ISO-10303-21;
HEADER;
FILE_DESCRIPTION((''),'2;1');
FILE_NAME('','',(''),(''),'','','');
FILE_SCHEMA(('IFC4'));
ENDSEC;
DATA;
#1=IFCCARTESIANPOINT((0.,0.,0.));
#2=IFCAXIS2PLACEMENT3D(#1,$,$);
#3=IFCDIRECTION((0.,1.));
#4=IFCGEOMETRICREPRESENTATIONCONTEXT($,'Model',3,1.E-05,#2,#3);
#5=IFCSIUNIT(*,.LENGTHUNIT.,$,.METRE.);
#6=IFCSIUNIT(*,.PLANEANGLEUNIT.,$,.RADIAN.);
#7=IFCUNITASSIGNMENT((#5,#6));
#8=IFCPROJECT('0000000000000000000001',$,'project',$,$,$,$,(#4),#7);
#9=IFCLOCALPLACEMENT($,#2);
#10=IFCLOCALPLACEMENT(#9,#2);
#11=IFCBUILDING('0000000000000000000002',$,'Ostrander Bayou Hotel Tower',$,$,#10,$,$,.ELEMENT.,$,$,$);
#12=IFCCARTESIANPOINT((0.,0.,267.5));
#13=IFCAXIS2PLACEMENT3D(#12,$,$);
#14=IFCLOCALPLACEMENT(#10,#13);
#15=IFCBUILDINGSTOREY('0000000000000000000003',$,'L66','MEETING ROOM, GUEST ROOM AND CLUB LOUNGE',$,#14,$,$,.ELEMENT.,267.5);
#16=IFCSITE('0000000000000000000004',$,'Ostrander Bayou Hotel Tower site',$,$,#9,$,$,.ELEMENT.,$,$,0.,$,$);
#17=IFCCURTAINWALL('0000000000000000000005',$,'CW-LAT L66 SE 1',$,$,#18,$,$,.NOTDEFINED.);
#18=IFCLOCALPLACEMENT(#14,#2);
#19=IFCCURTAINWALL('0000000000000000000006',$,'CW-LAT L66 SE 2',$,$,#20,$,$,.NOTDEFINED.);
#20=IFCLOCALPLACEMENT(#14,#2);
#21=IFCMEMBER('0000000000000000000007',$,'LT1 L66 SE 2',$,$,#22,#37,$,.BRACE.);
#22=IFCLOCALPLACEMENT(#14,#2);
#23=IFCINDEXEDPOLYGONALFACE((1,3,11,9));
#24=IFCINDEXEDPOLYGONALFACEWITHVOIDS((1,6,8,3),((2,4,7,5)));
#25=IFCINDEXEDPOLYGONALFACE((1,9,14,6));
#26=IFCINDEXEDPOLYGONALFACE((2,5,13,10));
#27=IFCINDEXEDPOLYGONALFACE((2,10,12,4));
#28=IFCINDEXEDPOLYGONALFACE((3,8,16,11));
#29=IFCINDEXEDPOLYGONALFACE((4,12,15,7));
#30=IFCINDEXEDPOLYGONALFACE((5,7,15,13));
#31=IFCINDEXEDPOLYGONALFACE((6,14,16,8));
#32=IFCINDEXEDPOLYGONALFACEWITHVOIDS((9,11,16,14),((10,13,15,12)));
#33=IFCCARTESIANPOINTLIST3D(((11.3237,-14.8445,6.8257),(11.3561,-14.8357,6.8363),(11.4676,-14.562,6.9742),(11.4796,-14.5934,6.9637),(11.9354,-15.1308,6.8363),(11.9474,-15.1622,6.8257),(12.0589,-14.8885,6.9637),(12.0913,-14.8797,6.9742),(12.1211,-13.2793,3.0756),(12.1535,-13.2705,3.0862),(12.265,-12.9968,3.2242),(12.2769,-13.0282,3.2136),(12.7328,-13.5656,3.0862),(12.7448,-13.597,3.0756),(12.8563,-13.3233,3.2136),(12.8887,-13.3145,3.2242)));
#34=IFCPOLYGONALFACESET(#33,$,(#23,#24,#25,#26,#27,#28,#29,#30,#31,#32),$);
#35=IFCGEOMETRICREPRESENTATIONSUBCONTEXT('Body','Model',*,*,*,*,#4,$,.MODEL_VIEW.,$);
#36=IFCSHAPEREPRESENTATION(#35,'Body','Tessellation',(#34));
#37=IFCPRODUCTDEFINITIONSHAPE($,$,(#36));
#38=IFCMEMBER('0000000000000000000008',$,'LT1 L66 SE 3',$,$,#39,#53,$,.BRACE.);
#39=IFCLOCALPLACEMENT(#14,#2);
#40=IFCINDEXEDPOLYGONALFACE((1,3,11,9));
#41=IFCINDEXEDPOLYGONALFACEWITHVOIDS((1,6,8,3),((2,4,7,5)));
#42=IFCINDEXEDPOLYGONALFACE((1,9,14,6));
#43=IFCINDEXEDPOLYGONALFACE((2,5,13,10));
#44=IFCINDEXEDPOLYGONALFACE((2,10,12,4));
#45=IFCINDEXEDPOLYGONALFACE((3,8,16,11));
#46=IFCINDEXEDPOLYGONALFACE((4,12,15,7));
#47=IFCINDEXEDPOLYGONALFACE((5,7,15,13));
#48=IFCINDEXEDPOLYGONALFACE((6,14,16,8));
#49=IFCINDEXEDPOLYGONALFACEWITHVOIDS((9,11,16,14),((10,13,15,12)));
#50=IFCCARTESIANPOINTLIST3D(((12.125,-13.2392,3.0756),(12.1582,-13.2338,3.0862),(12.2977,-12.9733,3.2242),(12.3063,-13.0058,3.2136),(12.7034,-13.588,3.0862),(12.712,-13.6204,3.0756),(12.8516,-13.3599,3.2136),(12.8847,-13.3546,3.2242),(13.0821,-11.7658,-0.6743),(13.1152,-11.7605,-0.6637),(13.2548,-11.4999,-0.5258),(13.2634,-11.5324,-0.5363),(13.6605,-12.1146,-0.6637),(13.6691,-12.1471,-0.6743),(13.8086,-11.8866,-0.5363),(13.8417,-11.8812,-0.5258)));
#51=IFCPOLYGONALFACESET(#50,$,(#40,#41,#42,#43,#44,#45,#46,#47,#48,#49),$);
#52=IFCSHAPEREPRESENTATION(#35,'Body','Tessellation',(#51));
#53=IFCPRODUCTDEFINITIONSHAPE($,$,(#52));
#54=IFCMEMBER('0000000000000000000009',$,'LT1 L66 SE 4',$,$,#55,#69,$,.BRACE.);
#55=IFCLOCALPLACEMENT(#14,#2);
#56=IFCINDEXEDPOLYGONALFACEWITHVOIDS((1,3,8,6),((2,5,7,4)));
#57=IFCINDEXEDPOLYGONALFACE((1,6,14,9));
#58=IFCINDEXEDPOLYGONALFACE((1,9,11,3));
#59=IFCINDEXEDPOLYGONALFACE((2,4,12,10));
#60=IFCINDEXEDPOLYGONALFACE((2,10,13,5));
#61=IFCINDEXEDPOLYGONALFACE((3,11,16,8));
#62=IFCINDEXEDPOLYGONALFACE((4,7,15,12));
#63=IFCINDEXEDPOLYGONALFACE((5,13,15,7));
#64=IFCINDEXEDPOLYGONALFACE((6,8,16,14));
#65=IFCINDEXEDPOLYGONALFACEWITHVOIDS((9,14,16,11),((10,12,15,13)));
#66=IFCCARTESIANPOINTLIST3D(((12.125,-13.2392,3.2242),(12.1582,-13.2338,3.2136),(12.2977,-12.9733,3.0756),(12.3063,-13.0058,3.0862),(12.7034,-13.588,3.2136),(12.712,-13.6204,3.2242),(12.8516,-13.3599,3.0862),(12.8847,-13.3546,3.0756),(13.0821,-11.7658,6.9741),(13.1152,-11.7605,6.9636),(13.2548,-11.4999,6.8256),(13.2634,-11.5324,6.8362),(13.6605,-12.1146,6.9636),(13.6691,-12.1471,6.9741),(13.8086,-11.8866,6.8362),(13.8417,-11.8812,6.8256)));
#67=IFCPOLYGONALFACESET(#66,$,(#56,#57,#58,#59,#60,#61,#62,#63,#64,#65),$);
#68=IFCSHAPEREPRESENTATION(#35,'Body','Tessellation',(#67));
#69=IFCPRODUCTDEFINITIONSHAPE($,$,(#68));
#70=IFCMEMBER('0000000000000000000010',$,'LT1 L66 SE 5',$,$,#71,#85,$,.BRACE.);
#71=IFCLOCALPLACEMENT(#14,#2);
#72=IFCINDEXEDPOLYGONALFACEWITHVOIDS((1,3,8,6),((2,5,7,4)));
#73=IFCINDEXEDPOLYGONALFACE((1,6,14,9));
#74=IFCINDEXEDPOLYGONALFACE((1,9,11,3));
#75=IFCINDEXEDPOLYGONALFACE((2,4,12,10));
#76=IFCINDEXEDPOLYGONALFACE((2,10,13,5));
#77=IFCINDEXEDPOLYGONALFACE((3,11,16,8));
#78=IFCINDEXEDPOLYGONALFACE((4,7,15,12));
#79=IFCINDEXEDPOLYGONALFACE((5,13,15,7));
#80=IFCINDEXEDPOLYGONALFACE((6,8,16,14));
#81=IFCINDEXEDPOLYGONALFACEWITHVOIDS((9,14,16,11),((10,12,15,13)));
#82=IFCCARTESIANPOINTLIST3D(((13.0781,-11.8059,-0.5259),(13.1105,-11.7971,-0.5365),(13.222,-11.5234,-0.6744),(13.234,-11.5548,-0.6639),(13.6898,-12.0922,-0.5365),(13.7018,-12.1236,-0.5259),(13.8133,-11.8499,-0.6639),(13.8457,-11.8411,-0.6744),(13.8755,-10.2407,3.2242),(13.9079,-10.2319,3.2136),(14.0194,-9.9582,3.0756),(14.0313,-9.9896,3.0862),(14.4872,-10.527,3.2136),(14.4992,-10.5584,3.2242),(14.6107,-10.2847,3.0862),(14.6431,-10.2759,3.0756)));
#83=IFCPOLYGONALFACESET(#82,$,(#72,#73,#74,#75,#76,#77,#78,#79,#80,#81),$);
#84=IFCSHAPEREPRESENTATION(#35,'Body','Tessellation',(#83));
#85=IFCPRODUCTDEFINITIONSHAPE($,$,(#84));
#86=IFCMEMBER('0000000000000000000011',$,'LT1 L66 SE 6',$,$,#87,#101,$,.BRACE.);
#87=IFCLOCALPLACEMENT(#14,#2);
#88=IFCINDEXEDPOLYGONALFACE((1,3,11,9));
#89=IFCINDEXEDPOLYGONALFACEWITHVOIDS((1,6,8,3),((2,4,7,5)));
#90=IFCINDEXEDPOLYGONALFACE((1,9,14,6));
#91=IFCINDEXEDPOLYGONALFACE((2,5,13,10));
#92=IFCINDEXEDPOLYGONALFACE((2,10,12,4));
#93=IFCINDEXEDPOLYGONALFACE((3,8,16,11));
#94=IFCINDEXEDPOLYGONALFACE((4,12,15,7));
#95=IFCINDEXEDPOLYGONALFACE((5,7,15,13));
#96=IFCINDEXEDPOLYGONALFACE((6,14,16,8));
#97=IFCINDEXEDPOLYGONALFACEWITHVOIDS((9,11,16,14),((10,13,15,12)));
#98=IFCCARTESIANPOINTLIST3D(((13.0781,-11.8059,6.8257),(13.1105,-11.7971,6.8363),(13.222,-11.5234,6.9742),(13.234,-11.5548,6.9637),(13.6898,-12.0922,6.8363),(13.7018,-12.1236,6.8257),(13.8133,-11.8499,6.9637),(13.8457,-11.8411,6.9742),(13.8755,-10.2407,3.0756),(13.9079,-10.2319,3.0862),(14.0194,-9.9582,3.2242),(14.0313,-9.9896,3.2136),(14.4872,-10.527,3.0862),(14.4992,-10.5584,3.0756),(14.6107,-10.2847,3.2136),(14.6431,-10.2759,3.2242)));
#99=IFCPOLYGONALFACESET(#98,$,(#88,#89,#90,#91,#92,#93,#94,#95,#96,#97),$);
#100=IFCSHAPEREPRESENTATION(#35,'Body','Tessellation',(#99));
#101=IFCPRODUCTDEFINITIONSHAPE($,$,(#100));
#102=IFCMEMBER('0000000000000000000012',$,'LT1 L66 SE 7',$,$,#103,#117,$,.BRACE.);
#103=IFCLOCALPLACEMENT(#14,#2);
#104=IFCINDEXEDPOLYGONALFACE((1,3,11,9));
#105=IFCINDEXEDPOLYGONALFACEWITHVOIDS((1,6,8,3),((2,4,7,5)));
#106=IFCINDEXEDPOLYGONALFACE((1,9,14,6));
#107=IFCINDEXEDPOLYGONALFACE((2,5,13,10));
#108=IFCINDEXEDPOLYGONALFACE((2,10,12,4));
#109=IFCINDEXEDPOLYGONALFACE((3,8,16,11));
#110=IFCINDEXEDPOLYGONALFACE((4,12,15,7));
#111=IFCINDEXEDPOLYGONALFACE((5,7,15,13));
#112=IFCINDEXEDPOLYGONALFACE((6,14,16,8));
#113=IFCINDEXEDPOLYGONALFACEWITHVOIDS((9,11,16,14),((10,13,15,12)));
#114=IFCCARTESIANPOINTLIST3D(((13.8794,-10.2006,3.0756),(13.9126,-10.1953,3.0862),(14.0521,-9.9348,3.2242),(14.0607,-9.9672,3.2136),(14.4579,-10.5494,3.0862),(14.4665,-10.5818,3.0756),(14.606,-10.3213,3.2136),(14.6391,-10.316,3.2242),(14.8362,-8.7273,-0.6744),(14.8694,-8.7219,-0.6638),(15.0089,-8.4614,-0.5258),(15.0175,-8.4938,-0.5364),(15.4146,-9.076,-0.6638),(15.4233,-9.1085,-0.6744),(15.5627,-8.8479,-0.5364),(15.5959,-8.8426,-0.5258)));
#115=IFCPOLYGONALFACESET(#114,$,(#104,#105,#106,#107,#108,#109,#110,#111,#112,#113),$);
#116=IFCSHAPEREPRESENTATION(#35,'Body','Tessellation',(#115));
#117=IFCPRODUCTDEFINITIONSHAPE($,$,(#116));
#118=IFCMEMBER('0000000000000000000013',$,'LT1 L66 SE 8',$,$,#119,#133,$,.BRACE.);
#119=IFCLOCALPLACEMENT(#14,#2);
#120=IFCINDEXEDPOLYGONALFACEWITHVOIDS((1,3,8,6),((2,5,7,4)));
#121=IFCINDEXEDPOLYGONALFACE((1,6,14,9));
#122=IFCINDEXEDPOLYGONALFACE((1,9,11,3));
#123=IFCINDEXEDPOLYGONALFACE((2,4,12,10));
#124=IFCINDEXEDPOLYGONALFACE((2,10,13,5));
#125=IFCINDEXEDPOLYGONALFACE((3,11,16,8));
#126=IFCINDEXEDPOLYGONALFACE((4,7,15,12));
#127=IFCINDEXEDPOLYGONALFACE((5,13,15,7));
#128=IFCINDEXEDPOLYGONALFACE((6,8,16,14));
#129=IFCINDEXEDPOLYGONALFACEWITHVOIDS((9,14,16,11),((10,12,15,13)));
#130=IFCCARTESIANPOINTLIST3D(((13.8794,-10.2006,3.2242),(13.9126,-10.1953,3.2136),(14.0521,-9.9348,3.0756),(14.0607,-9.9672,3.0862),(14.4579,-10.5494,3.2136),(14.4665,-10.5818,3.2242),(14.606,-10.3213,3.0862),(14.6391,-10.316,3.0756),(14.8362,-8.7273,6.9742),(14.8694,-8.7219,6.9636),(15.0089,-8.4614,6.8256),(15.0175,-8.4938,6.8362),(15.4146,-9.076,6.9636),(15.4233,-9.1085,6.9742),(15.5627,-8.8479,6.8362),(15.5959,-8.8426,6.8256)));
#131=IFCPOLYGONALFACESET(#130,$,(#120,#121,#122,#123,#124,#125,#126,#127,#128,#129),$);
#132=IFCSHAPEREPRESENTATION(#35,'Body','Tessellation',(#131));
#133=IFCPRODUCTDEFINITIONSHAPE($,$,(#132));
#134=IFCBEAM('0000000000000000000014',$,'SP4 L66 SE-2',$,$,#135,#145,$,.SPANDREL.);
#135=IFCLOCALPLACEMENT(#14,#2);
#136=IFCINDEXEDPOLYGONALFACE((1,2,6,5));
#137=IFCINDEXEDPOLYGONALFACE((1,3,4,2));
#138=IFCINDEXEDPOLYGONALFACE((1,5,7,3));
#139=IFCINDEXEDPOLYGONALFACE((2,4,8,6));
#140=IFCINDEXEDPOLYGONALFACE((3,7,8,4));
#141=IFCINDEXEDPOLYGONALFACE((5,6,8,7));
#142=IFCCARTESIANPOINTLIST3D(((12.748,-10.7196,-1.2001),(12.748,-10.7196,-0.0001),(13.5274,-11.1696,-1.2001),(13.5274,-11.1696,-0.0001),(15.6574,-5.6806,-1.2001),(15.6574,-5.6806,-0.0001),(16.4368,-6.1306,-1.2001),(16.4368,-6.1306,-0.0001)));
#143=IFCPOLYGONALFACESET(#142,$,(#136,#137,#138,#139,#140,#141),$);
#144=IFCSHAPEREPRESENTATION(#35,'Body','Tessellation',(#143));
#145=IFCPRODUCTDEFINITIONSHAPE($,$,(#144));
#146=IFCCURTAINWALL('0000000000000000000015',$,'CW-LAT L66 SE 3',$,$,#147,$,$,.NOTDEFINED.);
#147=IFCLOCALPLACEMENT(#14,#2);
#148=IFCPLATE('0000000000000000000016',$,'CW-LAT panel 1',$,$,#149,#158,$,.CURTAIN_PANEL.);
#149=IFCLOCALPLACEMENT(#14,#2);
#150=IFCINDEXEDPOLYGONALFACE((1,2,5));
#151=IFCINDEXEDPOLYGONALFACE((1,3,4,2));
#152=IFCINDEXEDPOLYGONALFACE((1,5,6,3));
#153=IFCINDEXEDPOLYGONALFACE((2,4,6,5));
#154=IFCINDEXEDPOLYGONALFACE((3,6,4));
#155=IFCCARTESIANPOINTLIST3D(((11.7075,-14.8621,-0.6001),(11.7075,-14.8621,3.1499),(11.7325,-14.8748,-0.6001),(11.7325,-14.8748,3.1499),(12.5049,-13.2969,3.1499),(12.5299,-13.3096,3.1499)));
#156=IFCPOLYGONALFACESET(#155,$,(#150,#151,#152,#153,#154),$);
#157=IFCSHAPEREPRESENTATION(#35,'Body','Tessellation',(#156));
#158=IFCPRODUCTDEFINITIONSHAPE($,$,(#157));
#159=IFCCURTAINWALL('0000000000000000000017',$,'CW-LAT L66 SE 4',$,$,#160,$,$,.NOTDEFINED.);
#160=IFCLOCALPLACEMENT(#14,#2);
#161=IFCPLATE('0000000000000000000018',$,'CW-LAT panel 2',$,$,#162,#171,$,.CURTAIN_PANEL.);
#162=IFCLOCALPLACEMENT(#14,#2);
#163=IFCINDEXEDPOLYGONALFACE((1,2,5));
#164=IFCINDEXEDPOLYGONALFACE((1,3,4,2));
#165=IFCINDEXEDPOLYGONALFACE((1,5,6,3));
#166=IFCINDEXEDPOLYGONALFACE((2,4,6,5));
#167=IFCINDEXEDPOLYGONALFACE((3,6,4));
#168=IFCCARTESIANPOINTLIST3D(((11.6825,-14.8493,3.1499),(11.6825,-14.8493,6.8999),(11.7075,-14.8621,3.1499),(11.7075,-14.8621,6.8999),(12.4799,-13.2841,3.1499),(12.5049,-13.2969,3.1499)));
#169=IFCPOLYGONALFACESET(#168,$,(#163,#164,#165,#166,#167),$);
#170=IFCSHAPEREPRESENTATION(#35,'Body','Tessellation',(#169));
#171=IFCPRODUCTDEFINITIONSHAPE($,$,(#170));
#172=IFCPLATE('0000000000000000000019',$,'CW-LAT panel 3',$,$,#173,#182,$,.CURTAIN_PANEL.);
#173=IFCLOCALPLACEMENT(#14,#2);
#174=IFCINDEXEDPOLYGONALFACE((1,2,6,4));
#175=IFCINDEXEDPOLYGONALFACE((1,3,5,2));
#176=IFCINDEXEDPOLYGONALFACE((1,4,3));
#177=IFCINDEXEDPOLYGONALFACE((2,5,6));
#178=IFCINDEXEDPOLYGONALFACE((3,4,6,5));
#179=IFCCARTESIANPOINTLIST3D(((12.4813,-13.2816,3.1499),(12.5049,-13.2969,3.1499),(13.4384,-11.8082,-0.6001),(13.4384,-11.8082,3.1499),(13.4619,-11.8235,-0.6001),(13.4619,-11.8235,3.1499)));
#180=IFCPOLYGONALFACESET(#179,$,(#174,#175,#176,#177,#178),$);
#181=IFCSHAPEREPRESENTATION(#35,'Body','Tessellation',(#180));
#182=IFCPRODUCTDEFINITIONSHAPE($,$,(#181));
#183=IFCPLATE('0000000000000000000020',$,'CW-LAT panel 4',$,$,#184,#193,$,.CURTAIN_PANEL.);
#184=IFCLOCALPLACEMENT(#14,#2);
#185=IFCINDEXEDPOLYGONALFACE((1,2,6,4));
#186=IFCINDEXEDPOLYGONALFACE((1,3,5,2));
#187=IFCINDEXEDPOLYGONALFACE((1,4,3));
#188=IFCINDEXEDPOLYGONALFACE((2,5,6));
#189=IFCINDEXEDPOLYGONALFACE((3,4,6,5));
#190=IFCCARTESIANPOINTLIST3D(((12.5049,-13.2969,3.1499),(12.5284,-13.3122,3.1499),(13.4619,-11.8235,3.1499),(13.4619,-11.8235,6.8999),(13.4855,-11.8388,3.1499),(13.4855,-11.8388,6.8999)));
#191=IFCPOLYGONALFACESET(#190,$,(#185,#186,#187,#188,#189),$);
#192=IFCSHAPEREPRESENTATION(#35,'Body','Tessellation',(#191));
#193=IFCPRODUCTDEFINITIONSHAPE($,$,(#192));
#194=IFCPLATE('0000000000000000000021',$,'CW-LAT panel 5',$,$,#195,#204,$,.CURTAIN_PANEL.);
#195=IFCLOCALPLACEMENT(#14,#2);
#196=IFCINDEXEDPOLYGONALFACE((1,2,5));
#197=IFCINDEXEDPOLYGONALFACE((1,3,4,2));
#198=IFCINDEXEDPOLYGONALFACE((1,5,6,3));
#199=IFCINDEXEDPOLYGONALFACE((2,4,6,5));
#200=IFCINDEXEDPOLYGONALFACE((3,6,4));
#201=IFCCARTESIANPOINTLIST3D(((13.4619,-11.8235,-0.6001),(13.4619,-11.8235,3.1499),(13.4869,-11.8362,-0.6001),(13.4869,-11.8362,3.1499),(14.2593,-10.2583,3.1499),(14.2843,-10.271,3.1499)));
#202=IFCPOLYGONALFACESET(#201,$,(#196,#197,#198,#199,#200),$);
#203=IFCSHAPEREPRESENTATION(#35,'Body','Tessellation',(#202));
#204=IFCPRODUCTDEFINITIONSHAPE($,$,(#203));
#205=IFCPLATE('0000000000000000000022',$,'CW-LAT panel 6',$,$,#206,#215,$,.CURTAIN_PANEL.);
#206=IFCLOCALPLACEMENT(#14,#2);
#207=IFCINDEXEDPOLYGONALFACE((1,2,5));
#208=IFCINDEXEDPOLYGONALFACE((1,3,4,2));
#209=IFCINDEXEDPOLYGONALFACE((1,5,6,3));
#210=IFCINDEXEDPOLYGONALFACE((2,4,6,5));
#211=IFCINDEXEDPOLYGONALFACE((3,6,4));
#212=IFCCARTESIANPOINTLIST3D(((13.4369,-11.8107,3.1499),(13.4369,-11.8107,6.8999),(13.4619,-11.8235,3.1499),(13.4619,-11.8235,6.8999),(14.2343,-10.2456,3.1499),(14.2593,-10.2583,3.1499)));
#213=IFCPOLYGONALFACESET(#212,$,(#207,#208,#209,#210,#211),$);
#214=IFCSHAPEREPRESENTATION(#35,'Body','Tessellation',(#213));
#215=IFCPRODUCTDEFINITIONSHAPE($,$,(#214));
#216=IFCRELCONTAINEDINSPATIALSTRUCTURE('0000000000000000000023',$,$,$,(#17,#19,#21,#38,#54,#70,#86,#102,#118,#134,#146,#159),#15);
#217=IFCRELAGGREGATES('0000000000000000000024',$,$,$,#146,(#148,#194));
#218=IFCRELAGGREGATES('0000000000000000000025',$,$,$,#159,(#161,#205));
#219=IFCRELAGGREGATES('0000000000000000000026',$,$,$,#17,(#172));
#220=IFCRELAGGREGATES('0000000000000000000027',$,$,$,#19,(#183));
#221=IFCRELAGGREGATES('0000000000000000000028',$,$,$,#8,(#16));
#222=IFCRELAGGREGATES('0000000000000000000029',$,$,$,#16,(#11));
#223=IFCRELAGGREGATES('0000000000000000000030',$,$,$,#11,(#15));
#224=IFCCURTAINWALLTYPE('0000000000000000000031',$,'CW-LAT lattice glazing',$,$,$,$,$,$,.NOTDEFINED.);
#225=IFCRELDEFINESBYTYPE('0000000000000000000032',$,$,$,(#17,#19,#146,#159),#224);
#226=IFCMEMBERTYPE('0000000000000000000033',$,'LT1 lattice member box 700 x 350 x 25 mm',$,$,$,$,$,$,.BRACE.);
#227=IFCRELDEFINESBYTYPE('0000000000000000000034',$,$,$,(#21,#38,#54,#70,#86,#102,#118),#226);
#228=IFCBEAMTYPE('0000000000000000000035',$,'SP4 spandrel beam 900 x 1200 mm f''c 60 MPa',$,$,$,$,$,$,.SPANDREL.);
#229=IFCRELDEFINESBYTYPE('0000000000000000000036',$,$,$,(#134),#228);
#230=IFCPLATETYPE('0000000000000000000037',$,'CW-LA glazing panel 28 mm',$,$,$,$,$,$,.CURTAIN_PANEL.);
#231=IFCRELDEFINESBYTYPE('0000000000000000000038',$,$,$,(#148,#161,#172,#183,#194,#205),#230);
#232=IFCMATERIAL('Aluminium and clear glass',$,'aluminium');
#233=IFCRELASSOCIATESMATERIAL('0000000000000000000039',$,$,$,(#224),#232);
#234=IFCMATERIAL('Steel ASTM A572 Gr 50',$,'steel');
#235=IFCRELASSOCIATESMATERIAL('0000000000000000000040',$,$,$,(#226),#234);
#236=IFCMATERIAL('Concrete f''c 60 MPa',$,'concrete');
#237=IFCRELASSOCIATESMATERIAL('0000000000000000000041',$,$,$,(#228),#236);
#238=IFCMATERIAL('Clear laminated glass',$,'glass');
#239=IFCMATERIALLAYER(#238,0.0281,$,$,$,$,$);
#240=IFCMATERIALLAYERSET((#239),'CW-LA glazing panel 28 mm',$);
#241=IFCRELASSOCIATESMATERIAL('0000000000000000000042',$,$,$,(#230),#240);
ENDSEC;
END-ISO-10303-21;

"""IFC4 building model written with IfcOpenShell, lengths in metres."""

from ifc_helpers import new_model, si_unit, direction, frame, origin, origin_2d, place, context, subcontext, project, spatial, polyline, rectangle, hollow_rectangle, outline, extrude, material, layer, layer_set, material_profile, profile_set, type_object, element, aggregate, save


model = new_model("IFC4")

# Units and contexts
model_context = context("Model", 3, precision=1e-05, world=origin(), true_north=direction((0.0, 1.0)))
body_context = subcontext(model_context, "Body", "Model", "MODEL_VIEW")
ifc_project = project(units=[si_unit("LENGTHUNIT", "METRE"), si_unit("PLANEANGLEUNIT", "RADIAN")], contexts=[model_context])

# Site, building, storey
site_placement = place(None, origin())
site = spatial("IfcSite", under=ifc_project, at=site_placement, Name="Ostrander Bayou Hotel Tower site", CompositionType="ELEMENT", RefElevation=0.0)
building_placement = place(site_placement, origin())
building = spatial("IfcBuilding", under=site, at=building_placement, Name="Ostrander Bayou Hotel Tower", CompositionType="ELEMENT")
storey_placement = place(building_placement, frame((0.0, 0.0, 267.5)))
storey = spatial("IfcBuildingStorey", under=building, at=storey_placement, Name="L66", Description="MEETING ROOM, GUEST ROOM AND CLUB LOUNGE", CompositionType="ELEMENT", Elevation=267.5)

# Curtain walls
ifc_material_1 = material(Name="Aluminium and clear glass", Category="aluminium")
curtain_wall_type = type_object("IfcCurtainWallType", Name="CW-LAT lattice glazing", PredefinedType="NOTDEFINED", material=ifc_material_1)
curtain_wall_1_placement = place(storey_placement, origin())
curtain_wall_1 = element("IfcCurtainWall", 1, at=curtain_wall_1_placement, inside=storey, type_object=curtain_wall_type, Name="CW-LAT L66 SE 1", PredefinedType="NOTDEFINED")
curtain_wall_2_placement = place(storey_placement, origin())
curtain_wall_2 = element("IfcCurtainWall", 2, at=curtain_wall_2_placement, inside=storey, type_object=curtain_wall_type, Name="CW-LAT L66 SE 2", PredefinedType="NOTDEFINED")

# Members
ifc_material_2 = material(Name="Steel ASTM A572 Gr 50", Category="steel")
ifc_material_profile_1 = material_profile(ifc_material_2, hollow_rectangle(XDim=0.7, YDim=0.3501, WallThickness=0.0249, at=origin_2d()))
ifc_profile_set_1 = profile_set([ifc_material_profile_1], Name="Steel ASTM A572 Gr 50")
member_type_1 = type_object("IfcMemberType", Name="LT1 lattice member box 700 x 350 x 25 mm", PredefinedType="BRACE", material=ifc_profile_set_1)
for number, where, z_axis, x_axis, name in (
    (3, (12.5049, -13.2969, 3.1499), (-0.192552, -0.37797, 0.905573), (0.891038, -0.453928, 0.0), "LT1 L66 SE 2"),
    (4, (12.5049, -13.2969, 3.1499), (0.231102, 0.35579, -0.905541), (-0.838618, 0.54472, 0.0), "LT1 L66 SE 3"),
    (5, (12.5049, -13.2969, 3.1499), (0.231102, 0.35579, 0.905541), (-0.838618, 0.54472, 0.0), "LT1 L66 SE 4"),
    (6, (14.2593, -10.2583, 3.1499), (-0.192552, -0.37797, -0.905573), (0.891038, -0.453928, 0.0), "LT1 L66 SE 5"),
    (7, (14.2593, -10.2583, 3.1499), (-0.192552, -0.37797, 0.905573), (0.891038, -0.453928, 0.0), "LT1 L66 SE 6"),
    (8, (14.2593, -10.2583, 3.1499), (0.231046, 0.355795, -0.905554), (-0.838682, 0.544622, 0.0), "LT1 L66 SE 7"),
    (9, (14.2593, -10.2583, 3.1499), (0.231046, 0.355795, 0.905554), (-0.838682, 0.544622, 0.0), "LT1 L66 SE 8"),
):
    element("IfcMember", number, at=place(storey_placement, frame(where, z_axis=z_axis, x_axis=x_axis)), inside=storey, type_object=member_type_1, Name=name, PredefinedType="BRACE", context=body_context, shape_type="SweptSolid", body=[
        extrude(hollow_rectangle(XDim=0.7, YDim=0.3501, WallThickness=0.0249, at=origin_2d()), origin(), (0.0, 0.0, 1.0), 4.1411),
    ])

# Beam
ifc_material_3 = material(Name="Concrete f'c 60 MPa", Category="concrete")
ifc_material_profile_2 = material_profile(ifc_material_3, rectangle(XDim=0.8999, YDim=1.2, at=origin_2d()))
ifc_profile_set_2 = profile_set([ifc_material_profile_2], Name="Concrete f'c 60 MPa")
beam_type_1 = type_object("IfcBeamType", Name="SP4 spandrel beam 900 x 1200 mm f'c 60 MPa", PredefinedType="SPANDREL", material=ifc_profile_set_2)
beam_1_placement = place(storey_placement, frame((13.1377, -10.9446, -0.6001), z_axis=(0.500015, 0.866016, 0.0), x_axis=(-0.866016, 0.500015, 0.0)))
element("IfcBeam", 10, at=beam_1_placement, inside=storey, type_object=beam_type_1, Name="SP4 L66 SE-2", PredefinedType="SPANDREL", context=body_context, shape_type="SweptSolid", body=[
    extrude(rectangle(XDim=0.8999, YDim=1.2, at=origin_2d()), origin(), (0.0, 0.0, 1.0), 5.8186),
])

# Curtain walls, plates
curtain_wall_3_placement = place(storey_placement, origin())
curtain_wall_3 = element("IfcCurtainWall", 11, at=curtain_wall_3_placement, inside=storey, type_object=curtain_wall_type, Name="CW-LAT L66 SE 3", PredefinedType="NOTDEFINED")
ifc_material_4 = material(Name="Clear laminated glass", Category="glass")
ifc_layer_1 = layer(ifc_material_4, 0.0281)
ifc_layer_set_1 = layer_set([ifc_layer_1], Name="CW-LA glazing panel 28 mm")
plate_type = type_object("IfcPlateType", Name="CW-LA glazing panel 28 mm", PredefinedType="CURTAIN_PANEL", material=ifc_layer_set_1)
plate_1_placement = place(storey_placement, frame((12.5049, -13.2969, 3.1499), z_axis=(-0.891038, 0.453928, 0.0), x_axis=(-0.192552, -0.37797, -0.905573)))
plate_1 = element("IfcPlate", 12, at=plate_1_placement, type_object=plate_type, Name="CW-LAT panel 1", PredefinedType="CURTAIN_PANEL", context=body_context, shape_type="SweptSolid", body=[
    extrude(outline(polyline([(0.0, 0.0), (4.141, 0.0), (0.7451, 1.5907), (0.0, 0.0)])), origin(), (0.0, 0.0, -1.0), 0.0281),
])
curtain_wall_4_placement = place(storey_placement, origin())
curtain_wall_4 = element("IfcCurtainWall", 13, at=curtain_wall_4_placement, inside=storey, type_object=curtain_wall_type, Name="CW-LAT L66 SE 4", PredefinedType="NOTDEFINED")
plate_2_placement = place(storey_placement, frame((12.5049, -13.2969, 3.1499), z_axis=(0.891038, -0.453928, 0.0), x_axis=(-0.192552, -0.37797, 0.905573)))
plate_2 = element("IfcPlate", 14, at=plate_2_placement, type_object=plate_type, Name="CW-LAT panel 2", PredefinedType="CURTAIN_PANEL", context=body_context, shape_type="SweptSolid", body=[
    extrude(outline(polyline([(0.0, 0.0), (4.141, 0.0), (0.7451, 1.5907), (0.0, 0.0)])), origin(), (0.0, 0.0, -1.0), 0.0281),
])

# Plates
plate_3_placement = place(storey_placement, frame((12.5049, -13.2969, 3.1499), z_axis=(0.838618, -0.54472, 0.0), x_axis=(0.231102, 0.35579, -0.905541)))
plate_3 = element("IfcPlate", 15, at=plate_3_placement, type_object=plate_type, Name="CW-LAT panel 3", PredefinedType="CURTAIN_PANEL", context=body_context, shape_type="SweptSolid", body=[
    extrude(outline(polyline([(0.0, 0.0), (4.1412, 0.0), (0.7454, 1.591), (0.0, 0.0)])), origin(), (0.0, 0.0, -1.0), 0.0281),
])
plate_4_placement = place(storey_placement, frame((12.5049, -13.2969, 3.1499), z_axis=(-0.838618, 0.54472, 0.0), x_axis=(0.231102, 0.35579, 0.905541)))
plate_4 = element("IfcPlate", 16, at=plate_4_placement, type_object=plate_type, Name="CW-LAT panel 4", PredefinedType="CURTAIN_PANEL", context=body_context, shape_type="SweptSolid", body=[
    extrude(outline(polyline([(0.0, 0.0), (4.1412, 0.0), (0.7454, 1.591), (0.0, 0.0)])), origin(), (0.0, 0.0, -1.0), 0.0281),
])
plate_5_placement = place(storey_placement, frame((14.2593, -10.2583, 3.1499), z_axis=(-0.891038, 0.453928, 0.0), x_axis=(-0.192552, -0.37797, -0.905573)))
plate_5 = element("IfcPlate", 17, at=plate_5_placement, type_object=plate_type, Name="CW-LAT panel 5", PredefinedType="CURTAIN_PANEL", context=body_context, shape_type="SweptSolid", body=[
    extrude(outline(polyline([(0.0, 0.0), (4.141, 0.0), (0.7451, 1.5907), (0.0, 0.0)])), origin(), (0.0, 0.0, -1.0), 0.0281),
])
aggregate(curtain_wall_3, [plate_1, plate_5])
plate_6_placement = place(storey_placement, frame((14.2593, -10.2583, 3.1499), z_axis=(0.891038, -0.453928, 0.0), x_axis=(-0.192552, -0.37797, 0.905573)))
plate_6 = element("IfcPlate", 18, at=plate_6_placement, type_object=plate_type, Name="CW-LAT panel 6", PredefinedType="CURTAIN_PANEL", context=body_context, shape_type="SweptSolid", body=[
    extrude(outline(polyline([(0.0, 0.0), (4.141, 0.0), (0.7451, 1.5907), (0.0, 0.0)])), origin(), (0.0, 0.0, -1.0), 0.0281),
])
aggregate(curtain_wall_4, [plate_2, plate_6])
aggregate(curtain_wall_1, [plate_3])
aggregate(curtain_wall_2, [plate_4])

save(model, "model.ifc")
